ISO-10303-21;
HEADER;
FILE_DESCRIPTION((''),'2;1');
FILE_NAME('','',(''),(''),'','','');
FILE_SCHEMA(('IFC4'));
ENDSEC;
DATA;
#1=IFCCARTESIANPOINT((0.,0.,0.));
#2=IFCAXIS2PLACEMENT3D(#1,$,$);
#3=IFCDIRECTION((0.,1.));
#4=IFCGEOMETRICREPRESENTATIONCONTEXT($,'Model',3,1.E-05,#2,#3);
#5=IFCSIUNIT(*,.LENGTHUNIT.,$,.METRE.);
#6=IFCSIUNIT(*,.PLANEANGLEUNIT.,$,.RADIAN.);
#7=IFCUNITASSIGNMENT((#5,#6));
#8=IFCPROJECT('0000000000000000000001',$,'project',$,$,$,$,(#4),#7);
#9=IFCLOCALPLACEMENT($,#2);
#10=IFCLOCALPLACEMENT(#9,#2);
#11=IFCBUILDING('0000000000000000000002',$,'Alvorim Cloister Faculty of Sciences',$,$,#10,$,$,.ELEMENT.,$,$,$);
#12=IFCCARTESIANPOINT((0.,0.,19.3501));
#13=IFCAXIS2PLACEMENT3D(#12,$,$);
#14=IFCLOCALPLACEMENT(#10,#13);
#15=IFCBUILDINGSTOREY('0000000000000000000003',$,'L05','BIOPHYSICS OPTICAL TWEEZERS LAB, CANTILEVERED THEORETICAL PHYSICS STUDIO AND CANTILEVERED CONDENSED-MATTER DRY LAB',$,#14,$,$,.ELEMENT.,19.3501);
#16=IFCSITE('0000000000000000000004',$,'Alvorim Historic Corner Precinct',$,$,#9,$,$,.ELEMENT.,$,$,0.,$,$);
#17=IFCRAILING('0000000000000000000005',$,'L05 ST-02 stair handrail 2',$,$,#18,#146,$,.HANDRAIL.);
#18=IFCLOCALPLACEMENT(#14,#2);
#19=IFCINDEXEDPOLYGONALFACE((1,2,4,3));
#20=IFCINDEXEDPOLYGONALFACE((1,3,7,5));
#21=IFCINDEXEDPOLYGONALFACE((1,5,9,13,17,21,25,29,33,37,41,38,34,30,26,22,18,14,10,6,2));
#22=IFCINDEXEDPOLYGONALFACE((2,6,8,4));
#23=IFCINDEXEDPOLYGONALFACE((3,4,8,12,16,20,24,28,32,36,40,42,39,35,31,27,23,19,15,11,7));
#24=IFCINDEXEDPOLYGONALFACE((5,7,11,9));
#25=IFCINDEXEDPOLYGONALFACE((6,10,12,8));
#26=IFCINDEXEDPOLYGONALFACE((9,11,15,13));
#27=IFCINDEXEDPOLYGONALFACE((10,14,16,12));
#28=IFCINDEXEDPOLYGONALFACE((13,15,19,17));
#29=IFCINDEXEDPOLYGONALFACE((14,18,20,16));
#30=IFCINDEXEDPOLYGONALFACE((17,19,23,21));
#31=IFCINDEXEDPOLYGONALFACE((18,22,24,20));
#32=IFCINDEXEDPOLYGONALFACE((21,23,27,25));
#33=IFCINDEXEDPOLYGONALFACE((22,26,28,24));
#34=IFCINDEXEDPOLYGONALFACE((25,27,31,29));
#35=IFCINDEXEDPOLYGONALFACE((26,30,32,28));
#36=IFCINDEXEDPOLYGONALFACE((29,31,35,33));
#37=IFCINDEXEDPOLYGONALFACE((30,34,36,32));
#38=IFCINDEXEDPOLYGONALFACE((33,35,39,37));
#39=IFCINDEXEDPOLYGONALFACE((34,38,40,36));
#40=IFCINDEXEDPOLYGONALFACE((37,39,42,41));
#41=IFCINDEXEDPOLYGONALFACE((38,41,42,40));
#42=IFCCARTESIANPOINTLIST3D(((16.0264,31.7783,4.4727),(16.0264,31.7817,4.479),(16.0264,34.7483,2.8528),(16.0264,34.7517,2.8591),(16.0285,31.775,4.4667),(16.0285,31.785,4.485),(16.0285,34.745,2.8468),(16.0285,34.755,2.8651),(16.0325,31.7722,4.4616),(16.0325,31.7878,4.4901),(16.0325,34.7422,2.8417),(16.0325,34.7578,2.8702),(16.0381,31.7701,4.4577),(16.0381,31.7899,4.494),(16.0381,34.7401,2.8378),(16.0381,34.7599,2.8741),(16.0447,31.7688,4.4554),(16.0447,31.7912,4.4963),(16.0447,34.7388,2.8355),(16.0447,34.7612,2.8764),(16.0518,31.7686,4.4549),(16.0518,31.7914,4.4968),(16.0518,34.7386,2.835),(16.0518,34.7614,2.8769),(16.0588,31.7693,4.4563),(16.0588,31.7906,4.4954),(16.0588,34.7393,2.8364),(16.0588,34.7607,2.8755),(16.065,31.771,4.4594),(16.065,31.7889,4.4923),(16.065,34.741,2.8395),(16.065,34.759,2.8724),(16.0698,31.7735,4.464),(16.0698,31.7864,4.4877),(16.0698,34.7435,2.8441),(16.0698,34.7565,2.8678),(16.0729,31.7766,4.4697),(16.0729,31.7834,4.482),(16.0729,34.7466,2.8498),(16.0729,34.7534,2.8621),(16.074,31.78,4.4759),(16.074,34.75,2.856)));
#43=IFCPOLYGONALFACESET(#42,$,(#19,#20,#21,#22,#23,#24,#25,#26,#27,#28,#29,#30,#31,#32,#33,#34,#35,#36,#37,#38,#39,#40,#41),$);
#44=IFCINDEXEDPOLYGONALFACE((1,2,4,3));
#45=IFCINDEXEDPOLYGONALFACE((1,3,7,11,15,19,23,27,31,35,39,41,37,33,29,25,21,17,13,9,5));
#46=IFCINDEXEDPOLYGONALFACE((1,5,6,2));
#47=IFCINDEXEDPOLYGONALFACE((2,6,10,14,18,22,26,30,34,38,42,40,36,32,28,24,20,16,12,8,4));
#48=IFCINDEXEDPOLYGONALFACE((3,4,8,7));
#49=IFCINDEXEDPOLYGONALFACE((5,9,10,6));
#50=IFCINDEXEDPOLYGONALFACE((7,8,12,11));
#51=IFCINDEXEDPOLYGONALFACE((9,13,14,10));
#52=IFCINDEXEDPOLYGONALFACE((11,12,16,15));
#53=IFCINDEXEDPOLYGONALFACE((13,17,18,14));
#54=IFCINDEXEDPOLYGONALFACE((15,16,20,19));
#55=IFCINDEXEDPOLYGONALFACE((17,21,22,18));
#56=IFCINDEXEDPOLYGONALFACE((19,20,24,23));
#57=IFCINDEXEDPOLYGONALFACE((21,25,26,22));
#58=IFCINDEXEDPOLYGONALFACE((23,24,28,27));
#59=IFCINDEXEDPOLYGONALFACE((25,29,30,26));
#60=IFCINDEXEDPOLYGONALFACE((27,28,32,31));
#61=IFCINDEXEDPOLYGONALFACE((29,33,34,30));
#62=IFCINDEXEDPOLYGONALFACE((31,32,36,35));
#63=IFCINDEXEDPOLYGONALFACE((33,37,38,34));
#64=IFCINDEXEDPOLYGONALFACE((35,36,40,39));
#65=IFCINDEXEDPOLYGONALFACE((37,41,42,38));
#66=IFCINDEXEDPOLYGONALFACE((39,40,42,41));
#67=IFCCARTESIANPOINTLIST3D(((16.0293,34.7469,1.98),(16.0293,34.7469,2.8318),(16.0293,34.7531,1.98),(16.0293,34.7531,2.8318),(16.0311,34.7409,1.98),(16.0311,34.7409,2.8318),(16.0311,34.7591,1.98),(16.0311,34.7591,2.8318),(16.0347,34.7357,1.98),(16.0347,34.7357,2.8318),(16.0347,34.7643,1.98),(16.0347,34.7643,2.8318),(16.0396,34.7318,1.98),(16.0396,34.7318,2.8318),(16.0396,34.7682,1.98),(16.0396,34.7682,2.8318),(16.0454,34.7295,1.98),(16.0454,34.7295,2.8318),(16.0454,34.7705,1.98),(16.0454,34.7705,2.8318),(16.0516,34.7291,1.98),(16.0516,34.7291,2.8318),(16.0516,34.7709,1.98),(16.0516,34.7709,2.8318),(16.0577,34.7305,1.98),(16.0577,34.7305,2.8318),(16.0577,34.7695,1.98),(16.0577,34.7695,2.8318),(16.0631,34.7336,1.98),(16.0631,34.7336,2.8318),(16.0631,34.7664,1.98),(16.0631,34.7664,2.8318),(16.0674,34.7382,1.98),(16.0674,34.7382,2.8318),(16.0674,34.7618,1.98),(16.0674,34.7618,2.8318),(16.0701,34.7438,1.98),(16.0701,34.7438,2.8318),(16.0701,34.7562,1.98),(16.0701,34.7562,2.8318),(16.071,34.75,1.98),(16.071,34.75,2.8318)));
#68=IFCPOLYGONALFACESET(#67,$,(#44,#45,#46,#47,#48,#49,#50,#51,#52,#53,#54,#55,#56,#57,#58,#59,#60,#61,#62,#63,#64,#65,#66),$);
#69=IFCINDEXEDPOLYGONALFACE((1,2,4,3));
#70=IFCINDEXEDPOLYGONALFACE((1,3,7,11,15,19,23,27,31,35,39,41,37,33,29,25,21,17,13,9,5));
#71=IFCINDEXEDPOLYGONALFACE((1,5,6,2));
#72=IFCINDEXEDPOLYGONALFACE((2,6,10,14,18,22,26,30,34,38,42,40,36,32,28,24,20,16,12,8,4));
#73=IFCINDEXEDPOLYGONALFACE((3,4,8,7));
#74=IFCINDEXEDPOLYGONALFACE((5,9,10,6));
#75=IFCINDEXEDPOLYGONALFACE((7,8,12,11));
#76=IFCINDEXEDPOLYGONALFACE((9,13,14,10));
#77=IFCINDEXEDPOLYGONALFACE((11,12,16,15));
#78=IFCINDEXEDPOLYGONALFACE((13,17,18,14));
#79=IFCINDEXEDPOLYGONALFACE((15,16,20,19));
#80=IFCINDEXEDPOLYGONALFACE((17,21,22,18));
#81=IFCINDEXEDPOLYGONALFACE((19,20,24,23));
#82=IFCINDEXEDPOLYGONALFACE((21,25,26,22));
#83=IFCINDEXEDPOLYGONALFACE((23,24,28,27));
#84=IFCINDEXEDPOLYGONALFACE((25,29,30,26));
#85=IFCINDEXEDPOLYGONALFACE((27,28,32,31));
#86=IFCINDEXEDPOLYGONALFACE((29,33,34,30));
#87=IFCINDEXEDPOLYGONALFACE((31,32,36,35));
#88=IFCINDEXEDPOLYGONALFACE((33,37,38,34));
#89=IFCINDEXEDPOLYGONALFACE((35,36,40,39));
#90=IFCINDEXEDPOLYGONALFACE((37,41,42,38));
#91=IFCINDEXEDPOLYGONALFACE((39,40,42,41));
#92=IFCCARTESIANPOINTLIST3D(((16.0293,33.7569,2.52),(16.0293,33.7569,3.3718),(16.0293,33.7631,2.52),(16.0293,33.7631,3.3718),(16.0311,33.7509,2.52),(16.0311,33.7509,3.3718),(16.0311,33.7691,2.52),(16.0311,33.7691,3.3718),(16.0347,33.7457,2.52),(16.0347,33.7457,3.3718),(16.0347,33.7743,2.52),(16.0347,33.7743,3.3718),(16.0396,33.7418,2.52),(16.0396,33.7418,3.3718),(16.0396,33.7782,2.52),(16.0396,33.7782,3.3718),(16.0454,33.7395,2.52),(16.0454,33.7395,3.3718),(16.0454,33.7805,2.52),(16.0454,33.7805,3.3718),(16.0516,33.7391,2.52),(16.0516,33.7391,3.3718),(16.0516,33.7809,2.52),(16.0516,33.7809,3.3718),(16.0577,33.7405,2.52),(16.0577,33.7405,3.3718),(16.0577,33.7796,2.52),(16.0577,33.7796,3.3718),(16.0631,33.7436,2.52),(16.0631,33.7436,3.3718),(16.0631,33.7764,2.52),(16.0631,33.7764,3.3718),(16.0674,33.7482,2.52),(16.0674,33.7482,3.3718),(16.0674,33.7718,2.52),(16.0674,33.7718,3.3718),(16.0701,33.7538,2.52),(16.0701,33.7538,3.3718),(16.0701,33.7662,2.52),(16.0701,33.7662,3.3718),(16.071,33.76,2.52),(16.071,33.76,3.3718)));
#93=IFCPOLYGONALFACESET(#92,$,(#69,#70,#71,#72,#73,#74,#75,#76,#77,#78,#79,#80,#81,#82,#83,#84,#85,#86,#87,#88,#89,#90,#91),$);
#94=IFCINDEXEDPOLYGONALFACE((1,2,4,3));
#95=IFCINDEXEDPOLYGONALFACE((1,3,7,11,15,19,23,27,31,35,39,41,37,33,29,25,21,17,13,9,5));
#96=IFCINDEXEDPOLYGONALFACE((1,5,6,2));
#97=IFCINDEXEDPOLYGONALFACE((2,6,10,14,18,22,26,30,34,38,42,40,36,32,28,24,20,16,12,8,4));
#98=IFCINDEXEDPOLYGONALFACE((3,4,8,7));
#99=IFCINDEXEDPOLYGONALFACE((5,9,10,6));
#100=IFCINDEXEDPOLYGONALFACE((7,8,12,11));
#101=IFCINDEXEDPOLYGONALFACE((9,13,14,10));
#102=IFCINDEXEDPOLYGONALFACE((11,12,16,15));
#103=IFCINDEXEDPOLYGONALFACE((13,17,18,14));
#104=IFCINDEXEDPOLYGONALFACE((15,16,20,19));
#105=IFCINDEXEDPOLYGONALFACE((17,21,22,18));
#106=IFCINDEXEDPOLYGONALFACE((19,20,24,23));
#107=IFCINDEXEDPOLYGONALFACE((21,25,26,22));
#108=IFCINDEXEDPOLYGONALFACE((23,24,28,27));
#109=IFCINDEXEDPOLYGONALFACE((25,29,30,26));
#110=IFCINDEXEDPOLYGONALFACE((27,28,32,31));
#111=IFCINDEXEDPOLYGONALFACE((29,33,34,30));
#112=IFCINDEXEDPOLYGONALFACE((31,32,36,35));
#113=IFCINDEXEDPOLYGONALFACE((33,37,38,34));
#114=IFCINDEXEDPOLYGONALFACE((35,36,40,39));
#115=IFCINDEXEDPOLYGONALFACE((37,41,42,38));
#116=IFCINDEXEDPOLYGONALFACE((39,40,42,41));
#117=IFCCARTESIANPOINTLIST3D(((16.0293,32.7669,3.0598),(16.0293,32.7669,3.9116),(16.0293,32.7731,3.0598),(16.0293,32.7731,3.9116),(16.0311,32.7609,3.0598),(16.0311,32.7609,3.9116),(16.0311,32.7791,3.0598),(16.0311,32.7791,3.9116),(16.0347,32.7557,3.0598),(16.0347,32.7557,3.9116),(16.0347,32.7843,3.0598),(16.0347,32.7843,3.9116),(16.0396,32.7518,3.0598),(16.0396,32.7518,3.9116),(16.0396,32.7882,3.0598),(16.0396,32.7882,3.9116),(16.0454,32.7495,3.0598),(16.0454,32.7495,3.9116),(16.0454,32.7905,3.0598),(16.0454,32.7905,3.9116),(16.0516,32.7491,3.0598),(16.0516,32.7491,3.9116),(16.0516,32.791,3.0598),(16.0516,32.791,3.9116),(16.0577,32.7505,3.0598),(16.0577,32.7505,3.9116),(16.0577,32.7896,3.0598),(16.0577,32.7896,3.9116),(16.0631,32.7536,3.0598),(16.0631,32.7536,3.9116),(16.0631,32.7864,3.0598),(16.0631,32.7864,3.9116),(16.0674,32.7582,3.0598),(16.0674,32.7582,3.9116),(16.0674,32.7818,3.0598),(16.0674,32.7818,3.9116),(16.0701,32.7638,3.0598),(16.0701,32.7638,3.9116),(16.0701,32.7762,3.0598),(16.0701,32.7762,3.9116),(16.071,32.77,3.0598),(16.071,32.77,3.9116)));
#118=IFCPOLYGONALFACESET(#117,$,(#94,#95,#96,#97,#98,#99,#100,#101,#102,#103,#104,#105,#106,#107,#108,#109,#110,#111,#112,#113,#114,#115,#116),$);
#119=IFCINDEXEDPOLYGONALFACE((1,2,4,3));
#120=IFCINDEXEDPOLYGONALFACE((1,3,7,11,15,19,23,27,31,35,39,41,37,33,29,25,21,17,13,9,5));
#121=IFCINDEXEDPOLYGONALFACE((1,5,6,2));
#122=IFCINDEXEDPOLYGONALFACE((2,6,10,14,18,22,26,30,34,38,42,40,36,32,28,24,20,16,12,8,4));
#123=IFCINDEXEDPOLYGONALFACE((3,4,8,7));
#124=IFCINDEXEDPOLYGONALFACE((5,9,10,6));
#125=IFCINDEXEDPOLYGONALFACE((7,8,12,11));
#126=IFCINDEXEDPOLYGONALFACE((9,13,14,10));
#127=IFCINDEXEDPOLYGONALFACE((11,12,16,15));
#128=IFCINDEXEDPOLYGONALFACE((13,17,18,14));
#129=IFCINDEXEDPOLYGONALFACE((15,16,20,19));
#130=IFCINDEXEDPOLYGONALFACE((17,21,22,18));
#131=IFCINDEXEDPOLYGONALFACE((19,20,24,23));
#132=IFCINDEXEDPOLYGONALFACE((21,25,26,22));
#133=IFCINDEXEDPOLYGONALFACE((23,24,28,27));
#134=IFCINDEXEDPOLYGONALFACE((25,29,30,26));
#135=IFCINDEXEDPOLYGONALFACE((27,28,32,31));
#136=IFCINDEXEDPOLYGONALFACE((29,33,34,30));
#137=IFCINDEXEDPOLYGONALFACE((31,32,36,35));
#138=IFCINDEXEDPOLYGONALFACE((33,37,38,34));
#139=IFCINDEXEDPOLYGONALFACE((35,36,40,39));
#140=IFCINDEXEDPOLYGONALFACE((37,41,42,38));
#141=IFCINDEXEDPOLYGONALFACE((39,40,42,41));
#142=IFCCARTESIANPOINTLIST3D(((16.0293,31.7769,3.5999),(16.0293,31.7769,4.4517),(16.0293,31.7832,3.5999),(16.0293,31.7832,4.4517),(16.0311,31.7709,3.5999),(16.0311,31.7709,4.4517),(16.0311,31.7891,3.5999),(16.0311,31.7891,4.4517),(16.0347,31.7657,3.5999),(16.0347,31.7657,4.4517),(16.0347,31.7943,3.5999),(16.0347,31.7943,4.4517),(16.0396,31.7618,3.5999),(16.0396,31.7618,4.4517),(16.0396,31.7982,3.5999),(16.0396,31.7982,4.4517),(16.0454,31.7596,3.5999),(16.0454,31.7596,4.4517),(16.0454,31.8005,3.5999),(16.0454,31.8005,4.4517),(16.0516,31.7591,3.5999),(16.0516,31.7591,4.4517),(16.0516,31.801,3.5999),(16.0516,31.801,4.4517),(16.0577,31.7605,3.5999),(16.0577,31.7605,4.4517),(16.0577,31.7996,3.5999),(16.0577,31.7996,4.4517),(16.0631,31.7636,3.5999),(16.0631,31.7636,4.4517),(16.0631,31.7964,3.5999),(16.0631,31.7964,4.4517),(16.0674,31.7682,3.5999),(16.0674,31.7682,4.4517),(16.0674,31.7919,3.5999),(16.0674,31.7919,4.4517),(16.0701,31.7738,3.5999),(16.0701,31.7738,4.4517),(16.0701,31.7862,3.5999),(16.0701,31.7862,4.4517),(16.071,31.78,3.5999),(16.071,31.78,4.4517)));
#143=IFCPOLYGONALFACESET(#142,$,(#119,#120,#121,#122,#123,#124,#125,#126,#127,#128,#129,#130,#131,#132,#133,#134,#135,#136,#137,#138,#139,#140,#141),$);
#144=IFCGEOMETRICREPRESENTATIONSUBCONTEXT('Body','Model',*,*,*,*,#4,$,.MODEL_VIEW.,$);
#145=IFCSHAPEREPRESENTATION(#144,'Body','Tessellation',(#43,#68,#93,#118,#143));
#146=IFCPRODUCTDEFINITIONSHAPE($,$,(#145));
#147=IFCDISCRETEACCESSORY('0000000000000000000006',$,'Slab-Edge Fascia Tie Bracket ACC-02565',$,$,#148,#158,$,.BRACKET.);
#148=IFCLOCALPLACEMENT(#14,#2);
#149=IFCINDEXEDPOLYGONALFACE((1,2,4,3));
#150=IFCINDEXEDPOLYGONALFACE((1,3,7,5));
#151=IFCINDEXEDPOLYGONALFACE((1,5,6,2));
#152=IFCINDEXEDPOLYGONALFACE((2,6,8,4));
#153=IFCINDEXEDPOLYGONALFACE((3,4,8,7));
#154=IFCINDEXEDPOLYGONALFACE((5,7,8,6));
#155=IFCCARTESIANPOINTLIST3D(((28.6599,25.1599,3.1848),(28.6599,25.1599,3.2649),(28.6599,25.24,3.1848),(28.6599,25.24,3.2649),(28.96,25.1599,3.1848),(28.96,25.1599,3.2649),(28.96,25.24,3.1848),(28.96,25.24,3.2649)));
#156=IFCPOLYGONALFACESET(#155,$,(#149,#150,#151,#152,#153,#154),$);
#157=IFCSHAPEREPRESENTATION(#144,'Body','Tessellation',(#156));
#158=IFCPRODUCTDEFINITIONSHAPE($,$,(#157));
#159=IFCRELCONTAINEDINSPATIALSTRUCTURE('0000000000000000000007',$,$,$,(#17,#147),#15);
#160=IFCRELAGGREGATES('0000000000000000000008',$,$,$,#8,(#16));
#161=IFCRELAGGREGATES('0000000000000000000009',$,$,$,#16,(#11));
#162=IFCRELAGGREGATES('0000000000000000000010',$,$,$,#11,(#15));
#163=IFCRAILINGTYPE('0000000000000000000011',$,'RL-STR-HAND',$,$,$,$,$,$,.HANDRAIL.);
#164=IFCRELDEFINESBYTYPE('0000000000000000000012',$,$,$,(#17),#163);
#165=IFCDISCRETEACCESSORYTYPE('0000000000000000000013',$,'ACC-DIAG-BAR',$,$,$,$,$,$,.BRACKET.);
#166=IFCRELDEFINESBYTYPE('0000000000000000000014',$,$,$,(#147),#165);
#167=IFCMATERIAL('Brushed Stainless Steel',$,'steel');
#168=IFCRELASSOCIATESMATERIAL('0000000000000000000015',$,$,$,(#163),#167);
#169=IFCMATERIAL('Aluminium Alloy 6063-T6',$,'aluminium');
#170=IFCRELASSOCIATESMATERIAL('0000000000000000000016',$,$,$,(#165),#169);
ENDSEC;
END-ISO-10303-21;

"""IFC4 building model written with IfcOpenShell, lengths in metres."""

from ifc_helpers import new_model, si_unit, direction, frame, origin, origin_2d, place, context, subcontext, project, spatial, rectangle, circle, extrude, material, type_object, element, save


model = new_model("IFC4")

# Units and contexts
model_context = context("Model", 3, precision=1e-05, world=origin(), true_north=direction((0.0, 1.0)))
body_context = subcontext(model_context, "Body", "Model", "MODEL_VIEW")
ifc_project = project(units=[si_unit("LENGTHUNIT", "METRE"), si_unit("PLANEANGLEUNIT", "RADIAN")], contexts=[model_context])

# Site, building, storey
site_placement = place(None, origin())
site = spatial("IfcSite", under=ifc_project, at=site_placement, Name="Alvorim Historic Corner Precinct", CompositionType="ELEMENT", RefElevation=0.0)
building_placement = place(site_placement, origin())
building = spatial("IfcBuilding", under=site, at=building_placement, Name="Alvorim Cloister Faculty of Sciences", CompositionType="ELEMENT")
storey_placement = place(building_placement, frame((0.0, 0.0, 19.3501)))
storey = spatial("IfcBuildingStorey", under=building, at=storey_placement, Name="L05", Description="BIOPHYSICS OPTICAL TWEEZERS LAB, CANTILEVERED THEORETICAL PHYSICS STUDIO AND CANTILEVERED CONDENSED-MATTER DRY LAB", CompositionType="ELEMENT", Elevation=19.3501)

# Shared definitions
ifc_material_1 = material(Name="Aluminium Alloy 6063-T6", Category="aluminium")

# Shared definitions
ifc_material_2 = material(Name="Brushed Stainless Steel", Category="steel")

# Railing
railing_type_1 = type_object("IfcRailingType", Name="RL-STR-HAND", PredefinedType="HANDRAIL", material=ifc_material_2)
railing_1_placement = place(storey_placement, frame((16.05, 34.75, 1.98)))
element("IfcRailing", 1, at=railing_1_placement, inside=storey, type_object=railing_type_1, Name="L05 ST-02 stair handrail 2", PredefinedType="HANDRAIL", context=body_context, shape_type="SweptSolid", body=[
    extrude(circle(Radius=0.0239, at=origin_2d()), frame((0.0, 0.0, 0.876), z_axis=(0.0, -0.877909, 0.478827), x_axis=(1.0, 0.0, 0.0)), (0.0, 0.0, 1.0), 3.3831),
    extrude(circle(Radius=0.021, at=origin_2d()), origin(), (0.0, 0.0, 1.0), 0.8518),
    extrude(circle(Radius=0.021, at=origin_2d()), frame((0.0, -0.99, 0.54)), (0.0, 0.0, 1.0), 0.8518),
    extrude(circle(Radius=0.021, at=origin_2d()), frame((0.0, -1.98, 1.0798)), (0.0, 0.0, 1.0), 0.8518),
    extrude(circle(Radius=0.021, at=origin_2d()), frame((0.0, -2.97, 1.6199)), (0.0, 0.0, 1.0), 0.8518),
])

# Discrete accessory
discrete_accessory_type = type_object("IfcDiscreteAccessoryType", Name="ACC-DIAG-BAR", PredefinedType="BRACKET", material=ifc_material_1)
discrete_accessory_placement = place(storey_placement, frame((28.6599, 25.2, 3.2249), z_axis=(1.0, 0.0, 0.0), x_axis=(0.0, 1.0, 0.0)))
element("IfcDiscreteAccessory", 2, at=discrete_accessory_placement, inside=storey, type_object=discrete_accessory_type, Name="Slab-Edge Fascia Tie Bracket ACC-02565", PredefinedType="BRACKET", context=body_context, shape_type="SweptSolid", body=[
    extrude(rectangle(XDim=0.0801, YDim=0.0801, at=origin_2d()), origin(), (0.0, 0.0, 1.0), 0.3),
])

save(model, "model.ifc")
